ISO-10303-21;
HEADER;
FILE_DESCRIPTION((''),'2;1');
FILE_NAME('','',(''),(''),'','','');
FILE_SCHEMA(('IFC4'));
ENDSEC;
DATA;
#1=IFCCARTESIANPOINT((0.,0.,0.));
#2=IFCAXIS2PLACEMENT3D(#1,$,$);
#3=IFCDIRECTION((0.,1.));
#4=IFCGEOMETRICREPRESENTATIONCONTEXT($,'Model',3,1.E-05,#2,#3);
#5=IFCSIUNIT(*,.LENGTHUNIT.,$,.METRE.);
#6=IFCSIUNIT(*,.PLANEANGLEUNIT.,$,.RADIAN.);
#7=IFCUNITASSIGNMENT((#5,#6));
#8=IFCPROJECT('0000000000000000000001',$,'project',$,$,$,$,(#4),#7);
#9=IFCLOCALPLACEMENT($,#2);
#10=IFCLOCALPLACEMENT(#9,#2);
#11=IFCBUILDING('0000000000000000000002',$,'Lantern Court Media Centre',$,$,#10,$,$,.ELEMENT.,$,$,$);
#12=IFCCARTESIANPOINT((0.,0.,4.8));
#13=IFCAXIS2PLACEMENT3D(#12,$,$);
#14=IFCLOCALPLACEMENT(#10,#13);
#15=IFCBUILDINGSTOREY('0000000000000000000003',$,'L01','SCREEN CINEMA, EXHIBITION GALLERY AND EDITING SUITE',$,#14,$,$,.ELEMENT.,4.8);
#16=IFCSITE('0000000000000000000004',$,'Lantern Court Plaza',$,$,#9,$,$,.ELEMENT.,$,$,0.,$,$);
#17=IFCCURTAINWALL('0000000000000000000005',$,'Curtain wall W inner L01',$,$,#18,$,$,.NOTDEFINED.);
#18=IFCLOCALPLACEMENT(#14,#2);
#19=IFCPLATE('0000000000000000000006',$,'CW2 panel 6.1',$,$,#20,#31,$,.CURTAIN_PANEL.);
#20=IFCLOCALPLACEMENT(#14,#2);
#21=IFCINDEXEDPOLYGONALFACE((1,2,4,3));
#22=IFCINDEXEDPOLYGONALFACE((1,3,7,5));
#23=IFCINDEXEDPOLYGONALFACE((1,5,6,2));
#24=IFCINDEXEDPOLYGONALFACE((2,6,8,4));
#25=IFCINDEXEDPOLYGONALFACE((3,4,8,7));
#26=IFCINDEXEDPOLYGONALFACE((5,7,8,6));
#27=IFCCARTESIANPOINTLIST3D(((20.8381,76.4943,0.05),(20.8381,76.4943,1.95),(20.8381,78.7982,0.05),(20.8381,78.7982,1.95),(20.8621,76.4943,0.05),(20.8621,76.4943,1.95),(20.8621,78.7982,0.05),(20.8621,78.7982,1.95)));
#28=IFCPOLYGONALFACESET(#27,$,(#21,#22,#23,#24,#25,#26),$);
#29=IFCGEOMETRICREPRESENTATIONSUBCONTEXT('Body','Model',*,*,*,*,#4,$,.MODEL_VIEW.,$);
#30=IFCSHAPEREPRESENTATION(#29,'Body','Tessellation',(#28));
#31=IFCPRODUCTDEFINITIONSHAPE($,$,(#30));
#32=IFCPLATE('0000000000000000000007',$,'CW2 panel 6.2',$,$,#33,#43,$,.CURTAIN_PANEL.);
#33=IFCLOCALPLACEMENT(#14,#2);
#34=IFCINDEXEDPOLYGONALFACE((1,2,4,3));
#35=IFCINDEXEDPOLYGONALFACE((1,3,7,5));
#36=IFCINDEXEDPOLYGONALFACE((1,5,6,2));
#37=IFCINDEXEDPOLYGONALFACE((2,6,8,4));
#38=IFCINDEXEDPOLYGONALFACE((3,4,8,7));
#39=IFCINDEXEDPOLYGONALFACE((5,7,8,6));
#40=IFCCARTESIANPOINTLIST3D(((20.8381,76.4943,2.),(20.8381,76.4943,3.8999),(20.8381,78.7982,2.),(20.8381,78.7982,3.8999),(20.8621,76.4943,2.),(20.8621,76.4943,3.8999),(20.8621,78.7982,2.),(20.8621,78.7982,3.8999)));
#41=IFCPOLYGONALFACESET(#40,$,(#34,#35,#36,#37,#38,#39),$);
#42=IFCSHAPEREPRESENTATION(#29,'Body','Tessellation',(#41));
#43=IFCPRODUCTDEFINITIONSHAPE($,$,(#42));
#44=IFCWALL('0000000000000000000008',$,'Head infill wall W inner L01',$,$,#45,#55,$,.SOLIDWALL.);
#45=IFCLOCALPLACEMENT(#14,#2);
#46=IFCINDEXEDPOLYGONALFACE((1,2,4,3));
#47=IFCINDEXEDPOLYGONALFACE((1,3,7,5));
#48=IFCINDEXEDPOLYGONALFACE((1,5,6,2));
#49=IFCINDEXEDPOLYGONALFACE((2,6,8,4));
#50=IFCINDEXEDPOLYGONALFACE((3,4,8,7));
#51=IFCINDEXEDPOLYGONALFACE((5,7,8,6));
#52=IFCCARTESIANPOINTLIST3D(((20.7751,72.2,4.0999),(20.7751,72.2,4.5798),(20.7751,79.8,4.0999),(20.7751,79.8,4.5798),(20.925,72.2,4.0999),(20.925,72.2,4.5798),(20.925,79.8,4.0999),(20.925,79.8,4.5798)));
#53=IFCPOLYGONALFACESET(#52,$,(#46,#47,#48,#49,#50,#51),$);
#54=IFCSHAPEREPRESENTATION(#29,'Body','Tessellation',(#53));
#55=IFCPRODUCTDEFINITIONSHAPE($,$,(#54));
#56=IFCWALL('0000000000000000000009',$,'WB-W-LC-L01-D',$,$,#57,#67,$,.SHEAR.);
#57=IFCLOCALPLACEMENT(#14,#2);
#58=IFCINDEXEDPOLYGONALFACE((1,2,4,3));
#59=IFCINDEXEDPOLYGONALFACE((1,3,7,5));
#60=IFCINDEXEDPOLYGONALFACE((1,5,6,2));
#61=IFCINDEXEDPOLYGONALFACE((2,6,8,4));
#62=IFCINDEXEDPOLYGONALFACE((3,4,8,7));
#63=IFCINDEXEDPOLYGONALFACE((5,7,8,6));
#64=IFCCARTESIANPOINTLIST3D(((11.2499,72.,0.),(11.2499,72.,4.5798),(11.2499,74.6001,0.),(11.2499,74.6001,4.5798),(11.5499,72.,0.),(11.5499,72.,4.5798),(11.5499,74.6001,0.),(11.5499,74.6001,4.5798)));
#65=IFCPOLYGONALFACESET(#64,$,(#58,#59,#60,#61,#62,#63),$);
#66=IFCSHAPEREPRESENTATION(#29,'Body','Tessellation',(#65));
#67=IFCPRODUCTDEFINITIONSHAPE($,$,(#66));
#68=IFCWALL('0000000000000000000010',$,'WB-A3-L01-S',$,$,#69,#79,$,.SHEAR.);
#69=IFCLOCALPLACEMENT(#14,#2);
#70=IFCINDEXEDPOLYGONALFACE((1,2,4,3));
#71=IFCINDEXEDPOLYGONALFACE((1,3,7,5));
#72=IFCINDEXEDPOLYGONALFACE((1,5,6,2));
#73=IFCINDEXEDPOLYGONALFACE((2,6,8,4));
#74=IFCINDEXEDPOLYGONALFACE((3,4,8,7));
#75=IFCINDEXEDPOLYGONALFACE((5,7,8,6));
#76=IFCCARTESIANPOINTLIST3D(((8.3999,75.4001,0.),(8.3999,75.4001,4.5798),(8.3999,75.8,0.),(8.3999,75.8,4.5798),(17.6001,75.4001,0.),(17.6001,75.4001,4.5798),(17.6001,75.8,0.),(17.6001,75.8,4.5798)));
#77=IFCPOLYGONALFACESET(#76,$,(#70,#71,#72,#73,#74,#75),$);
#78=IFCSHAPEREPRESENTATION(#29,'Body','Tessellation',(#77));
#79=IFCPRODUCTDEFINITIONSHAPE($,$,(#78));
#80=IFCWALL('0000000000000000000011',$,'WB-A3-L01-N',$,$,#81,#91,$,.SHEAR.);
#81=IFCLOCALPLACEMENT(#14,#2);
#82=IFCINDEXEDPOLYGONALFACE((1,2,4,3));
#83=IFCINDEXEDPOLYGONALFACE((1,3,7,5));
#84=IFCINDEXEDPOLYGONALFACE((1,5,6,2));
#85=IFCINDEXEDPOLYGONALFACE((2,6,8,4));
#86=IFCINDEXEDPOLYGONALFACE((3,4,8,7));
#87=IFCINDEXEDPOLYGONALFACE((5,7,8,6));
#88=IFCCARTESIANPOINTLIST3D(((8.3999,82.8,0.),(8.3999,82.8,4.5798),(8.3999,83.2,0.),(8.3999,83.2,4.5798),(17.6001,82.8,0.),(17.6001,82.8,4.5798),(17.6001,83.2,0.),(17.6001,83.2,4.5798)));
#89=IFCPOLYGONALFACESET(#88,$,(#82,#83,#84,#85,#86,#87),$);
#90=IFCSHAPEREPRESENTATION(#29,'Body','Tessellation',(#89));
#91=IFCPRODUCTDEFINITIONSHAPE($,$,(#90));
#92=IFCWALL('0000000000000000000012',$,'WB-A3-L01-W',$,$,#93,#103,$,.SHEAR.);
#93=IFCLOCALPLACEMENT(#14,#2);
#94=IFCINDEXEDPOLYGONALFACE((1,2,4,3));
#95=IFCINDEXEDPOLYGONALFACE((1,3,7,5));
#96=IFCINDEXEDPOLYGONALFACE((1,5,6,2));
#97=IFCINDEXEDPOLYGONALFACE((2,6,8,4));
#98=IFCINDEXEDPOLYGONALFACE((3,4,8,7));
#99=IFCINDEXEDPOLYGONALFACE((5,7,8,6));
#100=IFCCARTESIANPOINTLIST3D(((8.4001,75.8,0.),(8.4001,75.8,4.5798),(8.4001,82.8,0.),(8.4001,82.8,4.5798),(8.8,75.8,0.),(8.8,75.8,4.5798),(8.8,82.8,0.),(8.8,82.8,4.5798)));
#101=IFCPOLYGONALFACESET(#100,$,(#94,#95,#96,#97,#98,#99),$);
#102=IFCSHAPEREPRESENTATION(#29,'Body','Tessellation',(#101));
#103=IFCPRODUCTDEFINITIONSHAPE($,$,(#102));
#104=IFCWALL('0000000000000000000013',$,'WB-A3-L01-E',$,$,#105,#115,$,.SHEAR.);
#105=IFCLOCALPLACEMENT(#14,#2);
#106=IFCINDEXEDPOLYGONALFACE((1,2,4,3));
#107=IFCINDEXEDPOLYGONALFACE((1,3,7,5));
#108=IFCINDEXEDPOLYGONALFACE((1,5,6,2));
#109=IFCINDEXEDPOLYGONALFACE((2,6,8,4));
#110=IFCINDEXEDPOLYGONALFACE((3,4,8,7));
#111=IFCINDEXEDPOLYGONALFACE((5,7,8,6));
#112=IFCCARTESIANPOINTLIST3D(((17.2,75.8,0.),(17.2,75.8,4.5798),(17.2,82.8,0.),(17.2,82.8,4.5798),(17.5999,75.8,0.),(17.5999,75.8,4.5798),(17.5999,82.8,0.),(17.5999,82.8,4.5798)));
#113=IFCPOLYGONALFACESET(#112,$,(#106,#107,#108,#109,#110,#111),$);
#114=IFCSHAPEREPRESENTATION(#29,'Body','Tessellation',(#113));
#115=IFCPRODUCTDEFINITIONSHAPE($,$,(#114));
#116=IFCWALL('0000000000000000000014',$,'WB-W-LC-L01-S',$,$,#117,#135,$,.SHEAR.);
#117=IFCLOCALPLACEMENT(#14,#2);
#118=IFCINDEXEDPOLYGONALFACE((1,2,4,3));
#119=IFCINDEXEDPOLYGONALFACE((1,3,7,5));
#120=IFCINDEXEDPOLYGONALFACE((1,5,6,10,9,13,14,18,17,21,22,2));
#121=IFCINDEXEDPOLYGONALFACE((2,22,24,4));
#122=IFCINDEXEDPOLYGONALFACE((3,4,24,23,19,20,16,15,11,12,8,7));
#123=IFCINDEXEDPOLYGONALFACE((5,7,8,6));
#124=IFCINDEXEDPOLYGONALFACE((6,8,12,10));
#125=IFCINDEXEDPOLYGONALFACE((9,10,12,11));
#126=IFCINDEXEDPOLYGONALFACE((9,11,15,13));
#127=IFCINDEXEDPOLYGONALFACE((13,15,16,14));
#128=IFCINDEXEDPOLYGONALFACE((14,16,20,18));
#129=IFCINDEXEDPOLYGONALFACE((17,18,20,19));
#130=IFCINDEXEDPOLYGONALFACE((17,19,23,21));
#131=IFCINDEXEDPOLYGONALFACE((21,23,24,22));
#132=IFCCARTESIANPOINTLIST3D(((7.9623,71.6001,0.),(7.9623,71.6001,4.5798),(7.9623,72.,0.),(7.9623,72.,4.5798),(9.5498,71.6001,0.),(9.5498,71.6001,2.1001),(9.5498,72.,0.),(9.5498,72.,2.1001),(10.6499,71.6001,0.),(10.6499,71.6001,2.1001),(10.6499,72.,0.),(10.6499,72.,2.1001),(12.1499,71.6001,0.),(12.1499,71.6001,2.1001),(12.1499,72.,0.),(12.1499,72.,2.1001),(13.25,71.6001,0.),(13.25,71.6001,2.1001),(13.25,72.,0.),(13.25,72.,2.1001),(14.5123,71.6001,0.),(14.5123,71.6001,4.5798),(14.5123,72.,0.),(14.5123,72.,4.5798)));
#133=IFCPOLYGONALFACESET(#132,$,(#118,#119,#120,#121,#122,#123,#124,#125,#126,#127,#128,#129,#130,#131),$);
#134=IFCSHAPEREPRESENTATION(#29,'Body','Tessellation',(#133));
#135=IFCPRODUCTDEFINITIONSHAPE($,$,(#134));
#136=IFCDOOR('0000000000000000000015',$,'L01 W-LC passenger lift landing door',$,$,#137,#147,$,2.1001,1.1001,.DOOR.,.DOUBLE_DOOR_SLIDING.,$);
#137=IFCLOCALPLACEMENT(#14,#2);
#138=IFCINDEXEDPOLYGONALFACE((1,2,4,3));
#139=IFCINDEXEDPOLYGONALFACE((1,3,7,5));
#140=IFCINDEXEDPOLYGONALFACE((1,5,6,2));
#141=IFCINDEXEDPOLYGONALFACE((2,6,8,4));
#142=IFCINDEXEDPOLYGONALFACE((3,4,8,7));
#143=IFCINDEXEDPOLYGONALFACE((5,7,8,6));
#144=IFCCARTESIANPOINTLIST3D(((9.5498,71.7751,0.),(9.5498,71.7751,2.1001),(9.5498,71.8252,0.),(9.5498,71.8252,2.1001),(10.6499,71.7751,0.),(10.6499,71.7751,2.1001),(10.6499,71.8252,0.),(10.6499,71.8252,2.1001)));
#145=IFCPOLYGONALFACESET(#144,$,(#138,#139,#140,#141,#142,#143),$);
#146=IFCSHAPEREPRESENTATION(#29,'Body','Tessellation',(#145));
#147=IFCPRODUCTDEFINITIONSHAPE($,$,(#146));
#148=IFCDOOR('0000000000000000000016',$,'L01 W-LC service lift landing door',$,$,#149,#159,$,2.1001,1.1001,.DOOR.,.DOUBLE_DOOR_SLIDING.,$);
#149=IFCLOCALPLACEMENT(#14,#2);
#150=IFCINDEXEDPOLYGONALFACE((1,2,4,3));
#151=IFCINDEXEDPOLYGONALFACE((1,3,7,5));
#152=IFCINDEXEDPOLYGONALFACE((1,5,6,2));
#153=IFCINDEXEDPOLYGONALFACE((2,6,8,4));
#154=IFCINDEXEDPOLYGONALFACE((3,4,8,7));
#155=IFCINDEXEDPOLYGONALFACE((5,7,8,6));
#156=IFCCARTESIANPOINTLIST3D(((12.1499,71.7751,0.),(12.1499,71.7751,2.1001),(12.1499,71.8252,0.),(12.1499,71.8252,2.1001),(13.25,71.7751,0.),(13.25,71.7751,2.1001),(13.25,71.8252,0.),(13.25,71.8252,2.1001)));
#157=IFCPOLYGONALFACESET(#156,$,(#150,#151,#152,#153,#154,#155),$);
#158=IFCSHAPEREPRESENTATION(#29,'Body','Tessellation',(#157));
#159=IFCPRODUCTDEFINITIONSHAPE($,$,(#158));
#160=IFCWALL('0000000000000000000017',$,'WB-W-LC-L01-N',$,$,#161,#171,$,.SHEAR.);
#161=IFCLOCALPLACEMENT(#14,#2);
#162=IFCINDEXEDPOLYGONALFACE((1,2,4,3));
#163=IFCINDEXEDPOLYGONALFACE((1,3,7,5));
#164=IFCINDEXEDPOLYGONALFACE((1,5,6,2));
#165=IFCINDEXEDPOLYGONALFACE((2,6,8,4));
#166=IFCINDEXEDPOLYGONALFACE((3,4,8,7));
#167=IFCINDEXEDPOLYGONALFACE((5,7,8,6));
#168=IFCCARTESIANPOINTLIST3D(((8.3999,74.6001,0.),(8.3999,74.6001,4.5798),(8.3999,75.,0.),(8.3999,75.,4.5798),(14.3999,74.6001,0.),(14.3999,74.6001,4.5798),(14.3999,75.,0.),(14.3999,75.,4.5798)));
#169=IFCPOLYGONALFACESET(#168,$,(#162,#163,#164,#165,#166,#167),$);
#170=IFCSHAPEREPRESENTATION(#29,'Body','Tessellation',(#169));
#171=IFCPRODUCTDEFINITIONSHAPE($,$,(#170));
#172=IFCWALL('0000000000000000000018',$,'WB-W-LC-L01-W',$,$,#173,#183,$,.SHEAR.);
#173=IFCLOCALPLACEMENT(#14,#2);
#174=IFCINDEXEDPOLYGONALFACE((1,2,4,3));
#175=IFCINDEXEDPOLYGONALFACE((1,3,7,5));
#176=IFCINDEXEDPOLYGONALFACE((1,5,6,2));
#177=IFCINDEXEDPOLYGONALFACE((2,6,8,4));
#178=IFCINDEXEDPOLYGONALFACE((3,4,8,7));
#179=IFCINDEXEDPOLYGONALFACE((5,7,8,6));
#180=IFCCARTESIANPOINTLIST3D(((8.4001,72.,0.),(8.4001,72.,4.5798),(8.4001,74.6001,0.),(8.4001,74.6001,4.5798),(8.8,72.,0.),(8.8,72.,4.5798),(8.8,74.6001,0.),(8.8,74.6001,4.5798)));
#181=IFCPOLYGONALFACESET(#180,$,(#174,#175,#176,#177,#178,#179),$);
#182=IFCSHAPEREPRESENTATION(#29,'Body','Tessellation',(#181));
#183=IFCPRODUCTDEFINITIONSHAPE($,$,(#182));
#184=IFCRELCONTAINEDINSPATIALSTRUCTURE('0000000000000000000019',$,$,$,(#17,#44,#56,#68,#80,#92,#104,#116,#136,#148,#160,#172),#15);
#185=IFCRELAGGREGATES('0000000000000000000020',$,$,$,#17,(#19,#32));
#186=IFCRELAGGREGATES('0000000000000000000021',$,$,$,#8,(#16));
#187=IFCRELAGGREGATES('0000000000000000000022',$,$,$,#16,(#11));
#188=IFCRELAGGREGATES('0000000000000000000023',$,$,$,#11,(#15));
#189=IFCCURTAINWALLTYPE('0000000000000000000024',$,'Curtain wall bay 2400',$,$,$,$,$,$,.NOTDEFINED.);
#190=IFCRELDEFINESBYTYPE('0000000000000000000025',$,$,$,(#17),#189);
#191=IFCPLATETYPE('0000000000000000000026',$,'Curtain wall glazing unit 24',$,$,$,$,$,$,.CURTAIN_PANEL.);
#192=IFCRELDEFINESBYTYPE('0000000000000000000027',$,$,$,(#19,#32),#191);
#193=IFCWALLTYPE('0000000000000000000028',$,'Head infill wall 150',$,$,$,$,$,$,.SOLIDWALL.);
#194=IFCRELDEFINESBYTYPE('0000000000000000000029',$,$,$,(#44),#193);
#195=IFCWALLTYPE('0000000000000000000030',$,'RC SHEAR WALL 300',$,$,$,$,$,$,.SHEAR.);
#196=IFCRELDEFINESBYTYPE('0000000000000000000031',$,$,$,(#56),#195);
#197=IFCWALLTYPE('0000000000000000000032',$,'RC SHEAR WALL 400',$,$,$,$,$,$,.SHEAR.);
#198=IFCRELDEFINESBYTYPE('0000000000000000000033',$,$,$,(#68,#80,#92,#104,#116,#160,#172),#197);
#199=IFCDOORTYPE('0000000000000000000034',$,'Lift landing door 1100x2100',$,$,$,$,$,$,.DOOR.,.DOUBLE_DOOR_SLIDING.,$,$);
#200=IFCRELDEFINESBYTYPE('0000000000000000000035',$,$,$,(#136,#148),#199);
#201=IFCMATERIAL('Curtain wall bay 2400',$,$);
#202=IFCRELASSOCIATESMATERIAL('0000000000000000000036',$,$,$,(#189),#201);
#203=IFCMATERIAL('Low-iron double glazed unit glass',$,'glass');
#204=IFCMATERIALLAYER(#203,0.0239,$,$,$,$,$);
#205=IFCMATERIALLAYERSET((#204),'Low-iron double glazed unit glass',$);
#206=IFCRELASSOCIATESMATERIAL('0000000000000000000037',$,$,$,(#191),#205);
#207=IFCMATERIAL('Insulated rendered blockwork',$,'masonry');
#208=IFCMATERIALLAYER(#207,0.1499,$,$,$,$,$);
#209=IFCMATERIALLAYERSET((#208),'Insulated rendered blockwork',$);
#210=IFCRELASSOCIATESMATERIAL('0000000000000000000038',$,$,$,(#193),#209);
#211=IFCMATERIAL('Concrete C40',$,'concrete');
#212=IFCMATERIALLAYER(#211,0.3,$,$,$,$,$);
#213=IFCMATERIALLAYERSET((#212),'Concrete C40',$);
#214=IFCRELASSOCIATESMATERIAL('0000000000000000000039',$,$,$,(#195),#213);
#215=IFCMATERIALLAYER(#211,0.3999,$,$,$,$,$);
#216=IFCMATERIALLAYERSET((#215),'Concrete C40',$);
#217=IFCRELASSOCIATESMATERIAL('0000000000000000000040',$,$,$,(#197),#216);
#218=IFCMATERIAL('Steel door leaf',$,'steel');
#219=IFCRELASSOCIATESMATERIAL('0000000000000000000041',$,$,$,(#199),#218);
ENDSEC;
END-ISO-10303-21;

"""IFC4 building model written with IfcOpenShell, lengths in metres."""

from ifc_helpers import new_model, si_unit, direction, frame, frame_2d, origin, origin_2d, place, context, subcontext, project, spatial, rectangle, extrude, material, layer, layer_set, type_object, element, fill, aggregate, save


model = new_model("IFC4")

# Units and contexts
model_context = context("Model", 3, precision=1e-05, world=origin(), true_north=direction((0.0, 1.0)))
body_context = subcontext(model_context, "Body", "Model", "MODEL_VIEW")
ifc_project = project(units=[si_unit("LENGTHUNIT", "METRE"), si_unit("PLANEANGLEUNIT", "RADIAN")], contexts=[model_context])

# Site, building, storey
site_placement = place(None, origin())
site = spatial("IfcSite", under=ifc_project, at=site_placement, Name="Lantern Court Plaza", CompositionType="ELEMENT", RefElevation=0.0)
building_placement = place(site_placement, origin())
building = spatial("IfcBuilding", under=site, at=building_placement, Name="Lantern Court Media Centre", CompositionType="ELEMENT")
storey_placement = place(building_placement, frame((0.0, 0.0, 4.8)))
storey = spatial("IfcBuildingStorey", under=building, at=storey_placement, Name="L01", Description="SCREEN CINEMA, EXHIBITION GALLERY AND EDITING SUITE", CompositionType="ELEMENT", Elevation=4.8)

# Curtain wall
ifc_material_1 = material(Name="Curtain wall bay 2400")
curtain_wall_type = type_object("IfcCurtainWallType", Name="Curtain wall bay 2400", PredefinedType="NOTDEFINED", material=ifc_material_1)
curtain_wall_placement = place(storey_placement, origin())
curtain_wall = element("IfcCurtainWall", 1, at=curtain_wall_placement, inside=storey, type_object=curtain_wall_type, Name="Curtain wall W inner L01", PredefinedType="NOTDEFINED")

# Plates
ifc_material_2 = material(Name="Low-iron double glazed unit glass", Category="glass")
ifc_layer_1 = layer(ifc_material_2, 0.0239)
ifc_layer_set_1 = layer_set([ifc_layer_1], Name="Low-iron double glazed unit glass")
plate_type = type_object("IfcPlateType", Name="Curtain wall glazing unit 24", PredefinedType="CURTAIN_PANEL", material=ifc_layer_set_1)
plate_1_placement = place(storey_placement, frame((20.8501, 77.6462, 0.05), z_axis=(0.0, 0.0, 1.0), x_axis=(0.0, 1.0, 0.0)))
plate_1 = element("IfcPlate", 2, at=plate_1_placement, type_object=plate_type, Name="CW2 panel 6.1", PredefinedType="CURTAIN_PANEL", context=body_context, shape_type="SweptSolid", body=[
    extrude(rectangle(XDim=2.304, YDim=0.0239, at=origin_2d()), origin(), (0.0, 0.0, 1.0), 1.8999),
])
plate_2_placement = place(storey_placement, frame((20.8501, 77.6462, 2.0), z_axis=(0.0, 0.0, 1.0), x_axis=(0.0, 1.0, 0.0)))
plate_2 = element("IfcPlate", 3, at=plate_2_placement, type_object=plate_type, Name="CW2 panel 6.2", PredefinedType="CURTAIN_PANEL", context=body_context, shape_type="SweptSolid", body=[
    extrude(rectangle(XDim=2.304, YDim=0.0239, at=origin_2d()), origin(), (0.0, 0.0, 1.0), 1.8999),
])
aggregate(curtain_wall, [plate_1, plate_2])

# Walls
ifc_material_3 = material(Name="Insulated rendered blockwork", Category="masonry")
ifc_layer_2 = layer(ifc_material_3, 0.1499)
ifc_layer_set_2 = layer_set([ifc_layer_2], Name="Insulated rendered blockwork")
wall_type_1 = type_object("IfcWallType", Name="Head infill wall 150", PredefinedType="SOLIDWALL", material=ifc_layer_set_2)
wall_1_placement = place(storey_placement, frame((20.8501, 72.2, 4.0999), z_axis=(0.0, 0.0, 1.0), x_axis=(0.0, 1.0, 0.0)))
element("IfcWall", 4, at=wall_1_placement, inside=storey, type_object=wall_type_1, Name="Head infill wall W inner L01", PredefinedType="SOLIDWALL", context=body_context, shape_type="SweptSolid", body=[
    extrude(rectangle(XDim=7.6001, YDim=0.1499, at=frame_2d((3.8, 0.0))), origin(), (0.0, 0.0, 1.0), 0.48),
])
ifc_material_4 = material(Name="Concrete C40", Category="concrete")
ifc_layer_3 = layer(ifc_material_4, 0.3)
ifc_layer_set_3 = layer_set([ifc_layer_3], Name="Concrete C40")
wall_type_2 = type_object("IfcWallType", Name="RC SHEAR WALL 300", PredefinedType="SHEAR", material=ifc_layer_set_3)
wall_2_placement = place(storey_placement, frame((11.3999, 72.0, 0.0), z_axis=(0.0, 0.0, 1.0), x_axis=(0.0, 1.0, 0.0)))
element("IfcWall", 5, at=wall_2_placement, inside=storey, type_object=wall_type_2, Name="WB-W-LC-L01-D", PredefinedType="SHEAR", context=body_context, shape_type="SweptSolid", body=[
    extrude(rectangle(XDim=2.6001, YDim=0.3, at=frame_2d((1.3, 0.0))), origin(), (0.0, 0.0, 1.0), 4.5798),
])
ifc_layer_4 = layer(ifc_material_4, 0.3999)
ifc_layer_set_4 = layer_set([ifc_layer_4], Name="Concrete C40")
wall_type_3 = type_object("IfcWallType", Name="RC SHEAR WALL 400", PredefinedType="SHEAR", material=ifc_layer_set_4)
for number, where, z_axis, x_axis, name in (
    (6, (8.3999, 75.6001, 0.0), (0.0, 0.0, 1.0), (1.0, 0.0, 0.0), "WB-A3-L01-S"),
    (7, (8.3999, 83.0, 0.0), (0.0, 0.0, 1.0), (1.0, 0.0, 0.0), "WB-A3-L01-N"),
):
    element("IfcWall", number, at=place(storey_placement, frame(where, z_axis=z_axis, x_axis=x_axis)), inside=storey, type_object=wall_type_3, Name=name, PredefinedType="SHEAR", context=body_context, shape_type="SweptSolid", body=[
        extrude(rectangle(XDim=9.2002, YDim=0.3999, at=frame_2d((4.6001, 0.0))), origin(), (0.0, 0.0, 1.0), 4.5798),
    ])
for number, where, z_axis, x_axis, name in (
    (8, (8.6001, 75.8, 0.0), (0.0, 0.0, 1.0), (0.0, 1.0, 0.0), "WB-A3-L01-W"),
    (9, (17.3999, 75.8, 0.0), (0.0, 0.0, 1.0), (0.0, 1.0, 0.0), "WB-A3-L01-E"),
):
    element("IfcWall", number, at=place(storey_placement, frame(where, z_axis=z_axis, x_axis=x_axis)), inside=storey, type_object=wall_type_3, Name=name, PredefinedType="SHEAR", context=body_context, shape_type="SweptSolid", body=[
        extrude(rectangle(XDim=7.0, YDim=0.3999, at=frame_2d((3.5, 0.0))), origin(), (0.0, 0.0, 1.0), 4.5798),
    ])

# Wall, openings, doors
wall_3_placement = place(storey_placement, frame((7.9624, 71.8, 0.0), z_axis=(0.0, 0.0, 1.0), x_axis=(1.0, 0.0, 0.0)))
wall_3 = element("IfcWall", 10, at=wall_3_placement, inside=storey, type_object=wall_type_3, Name="WB-W-LC-L01-S", PredefinedType="SHEAR", context=body_context, shape_type="SweptSolid", body=[
    extrude(rectangle(XDim=6.55, YDim=0.3999, at=frame_2d((3.2749, 0.0))), origin(), (0.0, 0.0, 1.0), 4.5798),
])
opening_1_placement = place(wall_3_placement, frame((1.5874, 0.0, 0.0)))
opening_1 = element("IfcOpeningElement", 11, at=opening_1_placement, cuts=wall_3, PredefinedType="OPENING", context=body_context, shape_type="SweptSolid", body=[
    extrude(rectangle(XDim=1.1001, YDim=2.1001, at=frame_2d((0.55, 1.05))), frame((0.0, 0.21, 0.0), z_axis=(0.0, -1.0, 0.0), x_axis=(1.0, 0.0, 0.0)), (0.0, 0.0, 1.0), 0.4199),
])
opening_2_placement = place(wall_3_placement, frame((4.1875, 0.0, 0.0)))
opening_2 = element("IfcOpeningElement", 12, at=opening_2_placement, cuts=wall_3, PredefinedType="OPENING", context=body_context, shape_type="SweptSolid", body=[
    extrude(rectangle(XDim=1.1001, YDim=2.1001, at=frame_2d((0.55, 1.05))), frame((0.0, 0.21, 0.0), z_axis=(0.0, -1.0, 0.0), x_axis=(1.0, 0.0, 0.0)), (0.0, 0.0, 1.0), 0.4199),
])
ifc_material_5 = material(Name="Steel door leaf", Category="steel")
door_type = type_object("IfcDoorType", Name="Lift landing door 1100x2100", OperationType="DOUBLE_DOOR_SLIDING", PredefinedType="DOOR", material=ifc_material_5)
door_1_placement = place(opening_1_placement, frame((1.1001, 0.0, 0.0), z_axis=(0.0, 0.0, 1.0), x_axis=(-1.0, 0.0, 0.0)))
door_1 = element("IfcDoor", 13, at=door_1_placement, inside=storey, type_object=door_type, Name="L01 W-LC passenger lift landing door", OperationType="DOUBLE_DOOR_SLIDING", OverallHeight=2.1001, OverallWidth=1.1001, PredefinedType="DOOR", context=body_context, shape_type="SweptSolid", body=[
    extrude(rectangle(XDim=1.1001, YDim=2.1001, at=frame_2d((0.55, 1.05))), frame((0.0, 0.0249, 0.0), z_axis=(0.0, -1.0, 0.0), x_axis=(1.0, 0.0, 0.0)), (0.0, 0.0, 1.0), 0.05),
])
fill(opening_1, door_1)
door_2_placement = place(opening_2_placement, frame((1.1001, 0.0, 0.0), z_axis=(0.0, 0.0, 1.0), x_axis=(-1.0, 0.0, 0.0)))
door_2 = element("IfcDoor", 14, at=door_2_placement, inside=storey, type_object=door_type, Name="L01 W-LC service lift landing door", OperationType="DOUBLE_DOOR_SLIDING", OverallHeight=2.1001, OverallWidth=1.1001, PredefinedType="DOOR", context=body_context, shape_type="SweptSolid", body=[
    extrude(rectangle(XDim=1.1001, YDim=2.1001, at=frame_2d((0.55, 1.05))), frame((0.0, 0.0249, 0.0), z_axis=(0.0, -1.0, 0.0), x_axis=(1.0, 0.0, 0.0)), (0.0, 0.0, 1.0), 0.05),
])
fill(opening_2, door_2)

# Walls
wall_4_placement = place(storey_placement, frame((8.3999, 74.8, 0.0), z_axis=(0.0, 0.0, 1.0), x_axis=(1.0, 0.0, 0.0)))
element("IfcWall", 15, at=wall_4_placement, inside=storey, type_object=wall_type_3, Name="WB-W-LC-L01-N", PredefinedType="SHEAR", context=body_context, shape_type="SweptSolid", body=[
    extrude(rectangle(XDim=6.0, YDim=0.3999, at=frame_2d((3.0, 0.0))), origin(), (0.0, 0.0, 1.0), 4.5798),
])
for number, where, z_axis, x_axis, name in (
    (16, (8.6001, 72.0, 0.0), (0.0, 0.0, 1.0), (0.0, 1.0, 0.0), "WB-W-LC-L01-W"),
):
    element("IfcWall", number, at=place(storey_placement, frame(where, z_axis=z_axis, x_axis=x_axis)), inside=storey, type_object=wall_type_3, Name=name, PredefinedType="SHEAR", context=body_context, shape_type="SweptSolid", body=[
        extrude(rectangle(XDim=2.6001, YDim=0.3999, at=frame_2d((1.3, 0.0))), origin(), (0.0, 0.0, 1.0), 4.5798),
    ])

save(model, "model.ifc")
